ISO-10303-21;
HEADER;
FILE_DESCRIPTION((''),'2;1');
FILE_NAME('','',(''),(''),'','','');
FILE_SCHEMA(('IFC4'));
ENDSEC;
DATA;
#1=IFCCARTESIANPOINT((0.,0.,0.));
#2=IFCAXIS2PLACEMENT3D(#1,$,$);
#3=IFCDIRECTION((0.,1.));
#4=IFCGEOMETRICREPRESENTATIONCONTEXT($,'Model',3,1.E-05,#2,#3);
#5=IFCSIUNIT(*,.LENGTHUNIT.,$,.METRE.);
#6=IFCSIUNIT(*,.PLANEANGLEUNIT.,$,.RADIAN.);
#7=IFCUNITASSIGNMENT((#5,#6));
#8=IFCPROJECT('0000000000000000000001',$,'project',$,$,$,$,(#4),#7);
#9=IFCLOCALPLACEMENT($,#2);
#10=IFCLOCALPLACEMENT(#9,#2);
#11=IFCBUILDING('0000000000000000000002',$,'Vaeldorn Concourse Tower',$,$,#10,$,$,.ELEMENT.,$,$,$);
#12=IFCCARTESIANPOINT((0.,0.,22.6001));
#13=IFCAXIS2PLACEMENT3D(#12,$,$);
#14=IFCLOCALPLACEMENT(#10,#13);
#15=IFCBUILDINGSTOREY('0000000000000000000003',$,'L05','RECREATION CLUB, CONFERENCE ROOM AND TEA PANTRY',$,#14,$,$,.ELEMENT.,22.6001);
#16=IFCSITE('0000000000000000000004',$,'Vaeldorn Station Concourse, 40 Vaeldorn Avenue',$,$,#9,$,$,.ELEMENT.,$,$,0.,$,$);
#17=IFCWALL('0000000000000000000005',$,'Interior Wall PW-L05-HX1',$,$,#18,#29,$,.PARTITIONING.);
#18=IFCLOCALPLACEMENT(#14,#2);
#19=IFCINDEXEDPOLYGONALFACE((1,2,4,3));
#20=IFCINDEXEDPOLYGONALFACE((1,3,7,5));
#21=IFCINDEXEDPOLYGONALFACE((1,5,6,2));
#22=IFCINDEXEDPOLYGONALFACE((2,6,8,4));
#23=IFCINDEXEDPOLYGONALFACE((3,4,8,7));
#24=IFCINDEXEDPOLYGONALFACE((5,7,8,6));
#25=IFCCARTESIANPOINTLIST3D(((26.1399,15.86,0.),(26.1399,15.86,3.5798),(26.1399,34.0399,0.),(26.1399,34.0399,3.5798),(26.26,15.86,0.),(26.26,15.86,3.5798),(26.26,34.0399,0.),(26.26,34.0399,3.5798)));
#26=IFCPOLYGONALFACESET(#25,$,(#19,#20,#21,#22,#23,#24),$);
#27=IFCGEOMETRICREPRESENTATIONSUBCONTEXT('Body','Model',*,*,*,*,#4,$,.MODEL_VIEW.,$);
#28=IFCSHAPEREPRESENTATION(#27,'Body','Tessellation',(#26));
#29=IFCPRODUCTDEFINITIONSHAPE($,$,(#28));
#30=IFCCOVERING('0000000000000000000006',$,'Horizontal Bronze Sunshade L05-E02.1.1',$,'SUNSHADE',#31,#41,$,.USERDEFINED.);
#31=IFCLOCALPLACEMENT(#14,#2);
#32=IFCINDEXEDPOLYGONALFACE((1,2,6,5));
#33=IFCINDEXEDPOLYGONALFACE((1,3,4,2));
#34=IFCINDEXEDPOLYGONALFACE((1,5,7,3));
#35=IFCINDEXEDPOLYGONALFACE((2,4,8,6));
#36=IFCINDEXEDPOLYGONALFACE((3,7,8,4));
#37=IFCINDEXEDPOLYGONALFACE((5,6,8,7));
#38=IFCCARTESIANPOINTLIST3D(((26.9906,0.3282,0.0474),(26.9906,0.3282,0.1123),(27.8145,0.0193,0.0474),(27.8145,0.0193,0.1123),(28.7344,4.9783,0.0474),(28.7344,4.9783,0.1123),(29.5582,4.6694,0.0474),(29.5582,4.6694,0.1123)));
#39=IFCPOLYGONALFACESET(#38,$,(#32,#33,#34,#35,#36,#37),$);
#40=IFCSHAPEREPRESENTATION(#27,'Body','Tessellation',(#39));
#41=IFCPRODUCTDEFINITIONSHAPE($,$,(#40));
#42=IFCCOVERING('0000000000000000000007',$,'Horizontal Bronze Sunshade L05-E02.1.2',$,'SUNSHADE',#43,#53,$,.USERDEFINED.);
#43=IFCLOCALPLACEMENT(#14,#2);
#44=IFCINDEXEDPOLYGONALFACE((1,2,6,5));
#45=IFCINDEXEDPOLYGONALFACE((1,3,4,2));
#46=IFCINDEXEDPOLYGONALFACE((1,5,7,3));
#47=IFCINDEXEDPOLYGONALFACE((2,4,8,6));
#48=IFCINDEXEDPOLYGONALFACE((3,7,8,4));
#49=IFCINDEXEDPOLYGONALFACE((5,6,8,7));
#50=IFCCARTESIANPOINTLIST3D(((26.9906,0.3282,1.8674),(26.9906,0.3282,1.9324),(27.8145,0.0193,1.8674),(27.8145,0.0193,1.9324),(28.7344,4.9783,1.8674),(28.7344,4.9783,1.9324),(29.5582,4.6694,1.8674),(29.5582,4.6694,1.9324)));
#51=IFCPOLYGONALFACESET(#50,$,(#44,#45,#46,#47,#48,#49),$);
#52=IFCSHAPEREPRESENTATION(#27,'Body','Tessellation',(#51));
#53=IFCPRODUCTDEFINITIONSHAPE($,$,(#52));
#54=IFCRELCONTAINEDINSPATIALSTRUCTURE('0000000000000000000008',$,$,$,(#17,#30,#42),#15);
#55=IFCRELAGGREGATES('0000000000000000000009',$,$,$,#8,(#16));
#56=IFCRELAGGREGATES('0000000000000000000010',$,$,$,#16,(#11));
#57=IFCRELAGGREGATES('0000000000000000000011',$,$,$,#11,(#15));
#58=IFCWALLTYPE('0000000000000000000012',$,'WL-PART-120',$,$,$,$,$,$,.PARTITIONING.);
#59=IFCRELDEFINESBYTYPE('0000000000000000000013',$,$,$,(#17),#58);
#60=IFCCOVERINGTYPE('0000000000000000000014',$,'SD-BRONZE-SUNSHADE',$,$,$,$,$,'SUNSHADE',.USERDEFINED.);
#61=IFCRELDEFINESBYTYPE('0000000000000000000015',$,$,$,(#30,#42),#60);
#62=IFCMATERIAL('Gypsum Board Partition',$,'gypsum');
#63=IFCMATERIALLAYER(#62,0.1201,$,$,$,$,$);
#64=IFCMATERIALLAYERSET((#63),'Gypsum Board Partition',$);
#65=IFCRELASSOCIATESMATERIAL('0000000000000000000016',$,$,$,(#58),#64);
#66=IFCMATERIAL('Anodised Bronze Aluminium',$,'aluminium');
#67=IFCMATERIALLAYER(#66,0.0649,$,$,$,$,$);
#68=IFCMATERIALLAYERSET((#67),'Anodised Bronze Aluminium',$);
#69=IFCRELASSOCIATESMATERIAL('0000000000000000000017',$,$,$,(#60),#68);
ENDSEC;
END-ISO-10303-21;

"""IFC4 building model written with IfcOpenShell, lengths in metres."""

from ifc_helpers import new_model, si_unit, direction, frame, frame_2d, origin, origin_2d, place, context, subcontext, project, spatial, rectangle, extrude, source, transform, mapped, material, layer, layer_set, type_object, element, save


model = new_model("IFC4")

# Units and contexts
model_context = context("Model", 3, precision=1e-05, world=origin(), true_north=direction((0.0, 1.0)))
body_context = subcontext(model_context, "Body", "Model", "MODEL_VIEW")
ifc_project = project(units=[si_unit("LENGTHUNIT", "METRE"), si_unit("PLANEANGLEUNIT", "RADIAN")], contexts=[model_context])

# Site, building, storey
site_placement = place(None, origin())
site = spatial("IfcSite", under=ifc_project, at=site_placement, Name="Vaeldorn Station Concourse, 40 Vaeldorn Avenue", CompositionType="ELEMENT", RefElevation=0.0)
building_placement = place(site_placement, origin())
building = spatial("IfcBuilding", under=site, at=building_placement, Name="Vaeldorn Concourse Tower", CompositionType="ELEMENT")
storey_placement = place(building_placement, frame((0.0, 0.0, 22.6001)))
storey = spatial("IfcBuildingStorey", under=building, at=storey_placement, Name="L05", Description="RECREATION CLUB, CONFERENCE ROOM AND TEA PANTRY", CompositionType="ELEMENT", Elevation=22.6001)

# Shared definitions
ifc_material_1 = material(Name="Anodised Bronze Aluminium", Category="aluminium")

# Shared definitions
ifc_material_2 = material(Name="Gypsum Board Partition", Category="gypsum")
ifc_layer_1 = layer(ifc_material_2, 0.1201)
ifc_layer_set_1 = layer_set([ifc_layer_1], Name="Gypsum Board Partition")
wall_type = type_object("IfcWallType", Name="WL-PART-120", PredefinedType="PARTITIONING", material=ifc_layer_set_1)

# Wall
wall_1_placement = place(storey_placement, frame((26.2, 15.8601, 0.0), z_axis=(0.0, 0.0, 1.0), x_axis=(0.0, 1.0, 0.0)))
element("IfcWall", 1, at=wall_1_placement, inside=storey, type_object=wall_type, Name="Interior Wall PW-L05-HX1", PredefinedType="PARTITIONING", context=body_context, shape_type="SweptSolid", body=[
    extrude(rectangle(XDim=18.1799, YDim=0.1201, at=frame_2d((9.0898, 0.0))), origin(), (0.0, 0.0, 1.0), 3.5798),
])

# Coverings
ifc_layer_2 = layer(ifc_material_1, 0.0649)
ifc_layer_set_2 = layer_set([ifc_layer_2], Name="Anodised Bronze Aluminium")
covering_type = type_object("IfcCoveringType", Name="SD-BRONZE-SUNSHADE", ElementType="SUNSHADE", PredefinedType="USERDEFINED", material=ifc_layer_set_2)
shared_shape_1 = source(origin(), body_context, "Body", "SweptSolid", [
    extrude(rectangle(XDim=4.9663, YDim=0.8799, at=origin_2d()), origin(), (0.0, 0.0, 1.0), 0.0649),
])
for number, where, z_axis, x_axis, name in (
    (2, (28.2744, 2.4988, 0.0474), (0.0, 0.0, 1.0), (0.351123, 0.936329, 0.0), "Horizontal Bronze Sunshade L05-E02.1.1"),
    (3, (28.2744, 2.4988, 1.8674), (0.0, 0.0, 1.0), (0.351123, 0.936329, 0.0), "Horizontal Bronze Sunshade L05-E02.1.2"),
):
    element("IfcCovering", number, at=place(storey_placement, frame(where, z_axis=z_axis, x_axis=x_axis)), inside=storey, type_object=covering_type, Name=name, ObjectType="SUNSHADE", PredefinedType="USERDEFINED", context=body_context, shape_type="MappedRepresentation", body=[
        mapped(shared_shape_1, transform((0.0, 0.0, 0.0), scale=1.0)),
    ])

save(model, "model.ifc")
